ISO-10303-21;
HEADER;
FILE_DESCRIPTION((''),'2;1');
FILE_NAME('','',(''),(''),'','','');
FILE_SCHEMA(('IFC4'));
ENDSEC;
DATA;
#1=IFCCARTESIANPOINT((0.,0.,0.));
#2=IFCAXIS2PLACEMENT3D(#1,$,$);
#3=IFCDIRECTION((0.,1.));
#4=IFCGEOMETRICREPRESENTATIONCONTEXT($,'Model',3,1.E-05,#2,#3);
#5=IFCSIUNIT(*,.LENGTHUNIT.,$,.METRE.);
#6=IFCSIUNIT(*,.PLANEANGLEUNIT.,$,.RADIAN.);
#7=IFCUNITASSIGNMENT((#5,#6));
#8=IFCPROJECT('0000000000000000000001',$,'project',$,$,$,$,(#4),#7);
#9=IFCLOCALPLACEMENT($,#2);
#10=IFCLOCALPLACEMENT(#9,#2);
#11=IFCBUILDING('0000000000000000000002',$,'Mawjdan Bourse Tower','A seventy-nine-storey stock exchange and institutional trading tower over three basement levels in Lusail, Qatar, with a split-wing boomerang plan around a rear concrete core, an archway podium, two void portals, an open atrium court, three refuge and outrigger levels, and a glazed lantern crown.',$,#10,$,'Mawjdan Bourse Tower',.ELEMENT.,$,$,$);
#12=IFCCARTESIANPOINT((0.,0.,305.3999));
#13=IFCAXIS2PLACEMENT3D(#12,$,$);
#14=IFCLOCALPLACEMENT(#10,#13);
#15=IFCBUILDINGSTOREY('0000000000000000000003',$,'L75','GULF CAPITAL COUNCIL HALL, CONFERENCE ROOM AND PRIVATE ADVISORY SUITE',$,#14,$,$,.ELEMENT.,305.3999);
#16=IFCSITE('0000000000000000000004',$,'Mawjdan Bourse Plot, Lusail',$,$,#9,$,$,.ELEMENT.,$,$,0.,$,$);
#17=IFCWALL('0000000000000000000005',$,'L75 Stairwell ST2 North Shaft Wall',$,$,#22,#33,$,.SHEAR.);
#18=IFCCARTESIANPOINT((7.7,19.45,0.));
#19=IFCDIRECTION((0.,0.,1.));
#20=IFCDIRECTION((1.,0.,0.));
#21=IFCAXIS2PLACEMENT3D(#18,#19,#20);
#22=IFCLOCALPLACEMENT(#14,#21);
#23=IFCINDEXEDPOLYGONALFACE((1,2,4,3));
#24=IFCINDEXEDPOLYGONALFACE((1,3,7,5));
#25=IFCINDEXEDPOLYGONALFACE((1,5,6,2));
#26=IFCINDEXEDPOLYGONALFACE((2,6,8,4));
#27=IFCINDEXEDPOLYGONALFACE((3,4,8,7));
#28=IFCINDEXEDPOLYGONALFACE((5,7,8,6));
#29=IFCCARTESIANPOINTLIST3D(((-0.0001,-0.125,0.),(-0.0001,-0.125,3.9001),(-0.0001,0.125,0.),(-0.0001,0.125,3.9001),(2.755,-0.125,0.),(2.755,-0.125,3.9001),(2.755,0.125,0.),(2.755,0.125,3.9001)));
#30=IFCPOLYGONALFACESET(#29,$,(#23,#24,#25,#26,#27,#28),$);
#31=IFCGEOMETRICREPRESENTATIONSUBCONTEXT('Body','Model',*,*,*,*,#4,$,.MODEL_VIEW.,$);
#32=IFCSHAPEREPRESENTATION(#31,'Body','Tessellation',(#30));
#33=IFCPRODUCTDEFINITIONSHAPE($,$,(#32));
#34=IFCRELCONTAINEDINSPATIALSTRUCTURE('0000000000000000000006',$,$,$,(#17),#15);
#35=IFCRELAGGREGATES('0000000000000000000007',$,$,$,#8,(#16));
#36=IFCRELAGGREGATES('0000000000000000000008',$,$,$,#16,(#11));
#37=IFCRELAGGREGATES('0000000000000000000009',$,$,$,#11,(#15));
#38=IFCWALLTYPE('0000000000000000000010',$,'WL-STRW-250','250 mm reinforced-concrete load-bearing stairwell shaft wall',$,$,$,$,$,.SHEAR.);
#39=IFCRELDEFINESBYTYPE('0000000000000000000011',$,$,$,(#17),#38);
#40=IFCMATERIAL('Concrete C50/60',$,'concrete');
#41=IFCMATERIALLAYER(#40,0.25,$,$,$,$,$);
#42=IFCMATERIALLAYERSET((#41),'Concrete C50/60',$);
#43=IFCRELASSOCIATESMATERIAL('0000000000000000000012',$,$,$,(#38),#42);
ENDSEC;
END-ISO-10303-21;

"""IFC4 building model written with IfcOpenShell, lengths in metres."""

from ifc_helpers import new_model, si_unit, direction, frame, frame_2d, origin, place, context, subcontext, project, spatial, rectangle, extrude, material, layer, layer_set, type_object, element, save


model = new_model("IFC4")

# Units and contexts
model_context = context("Model", 3, precision=1e-05, world=origin(), true_north=direction((0.0, 1.0)))
body_context = subcontext(model_context, "Body", "Model", "MODEL_VIEW")
ifc_project = project(units=[si_unit("LENGTHUNIT", "METRE"), si_unit("PLANEANGLEUNIT", "RADIAN")], contexts=[model_context])

# Site, building, storey
site_placement = place(None, origin())
site = spatial("IfcSite", under=ifc_project, at=site_placement, Name="Mawjdan Bourse Plot, Lusail", CompositionType="ELEMENT", RefElevation=0.0)
building_placement = place(site_placement, origin())
building = spatial("IfcBuilding", under=site, at=building_placement, Name="Mawjdan Bourse Tower", Description="A seventy-nine-storey stock exchange and institutional trading tower over three basement levels in Lusail, Qatar, with a split-wing boomerang plan around a rear concrete core, an archway podium, two void portals, an open atrium court, three refuge and outrigger levels, and a glazed lantern crown.", LongName="Mawjdan Bourse Tower", CompositionType="ELEMENT")
storey_placement = place(building_placement, frame((0.0, 0.0, 305.3999)))
storey = spatial("IfcBuildingStorey", under=building, at=storey_placement, Name="L75", Description="GULF CAPITAL COUNCIL HALL, CONFERENCE ROOM AND PRIVATE ADVISORY SUITE", CompositionType="ELEMENT", Elevation=305.3999)

# Wall
ifc_material_1 = material(Name="Concrete C50/60", Category="concrete")
ifc_layer_1 = layer(ifc_material_1, 0.25)
ifc_layer_set_1 = layer_set([ifc_layer_1], Name="Concrete C50/60")
wall_type_1 = type_object("IfcWallType", Name="WL-STRW-250", Description="250 mm reinforced-concrete load-bearing stairwell shaft wall", PredefinedType="SHEAR", material=ifc_layer_set_1)
wall_1_placement = place(storey_placement, frame((7.7, 19.45, 0.0), z_axis=(0.0, 0.0, 1.0), x_axis=(1.0, 0.0, 0.0)))
element("IfcWall", 1, at=wall_1_placement, inside=storey, type_object=wall_type_1, Name="L75 Stairwell ST2 North Shaft Wall", PredefinedType="SHEAR", context=body_context, shape_type="SweptSolid", body=[
    extrude(rectangle(XDim=2.7551, YDim=0.25, at=frame_2d((1.3774, 0.0))), origin(), (0.0, 0.0, 1.0), 3.9001),
])

save(model, "model.ifc")
